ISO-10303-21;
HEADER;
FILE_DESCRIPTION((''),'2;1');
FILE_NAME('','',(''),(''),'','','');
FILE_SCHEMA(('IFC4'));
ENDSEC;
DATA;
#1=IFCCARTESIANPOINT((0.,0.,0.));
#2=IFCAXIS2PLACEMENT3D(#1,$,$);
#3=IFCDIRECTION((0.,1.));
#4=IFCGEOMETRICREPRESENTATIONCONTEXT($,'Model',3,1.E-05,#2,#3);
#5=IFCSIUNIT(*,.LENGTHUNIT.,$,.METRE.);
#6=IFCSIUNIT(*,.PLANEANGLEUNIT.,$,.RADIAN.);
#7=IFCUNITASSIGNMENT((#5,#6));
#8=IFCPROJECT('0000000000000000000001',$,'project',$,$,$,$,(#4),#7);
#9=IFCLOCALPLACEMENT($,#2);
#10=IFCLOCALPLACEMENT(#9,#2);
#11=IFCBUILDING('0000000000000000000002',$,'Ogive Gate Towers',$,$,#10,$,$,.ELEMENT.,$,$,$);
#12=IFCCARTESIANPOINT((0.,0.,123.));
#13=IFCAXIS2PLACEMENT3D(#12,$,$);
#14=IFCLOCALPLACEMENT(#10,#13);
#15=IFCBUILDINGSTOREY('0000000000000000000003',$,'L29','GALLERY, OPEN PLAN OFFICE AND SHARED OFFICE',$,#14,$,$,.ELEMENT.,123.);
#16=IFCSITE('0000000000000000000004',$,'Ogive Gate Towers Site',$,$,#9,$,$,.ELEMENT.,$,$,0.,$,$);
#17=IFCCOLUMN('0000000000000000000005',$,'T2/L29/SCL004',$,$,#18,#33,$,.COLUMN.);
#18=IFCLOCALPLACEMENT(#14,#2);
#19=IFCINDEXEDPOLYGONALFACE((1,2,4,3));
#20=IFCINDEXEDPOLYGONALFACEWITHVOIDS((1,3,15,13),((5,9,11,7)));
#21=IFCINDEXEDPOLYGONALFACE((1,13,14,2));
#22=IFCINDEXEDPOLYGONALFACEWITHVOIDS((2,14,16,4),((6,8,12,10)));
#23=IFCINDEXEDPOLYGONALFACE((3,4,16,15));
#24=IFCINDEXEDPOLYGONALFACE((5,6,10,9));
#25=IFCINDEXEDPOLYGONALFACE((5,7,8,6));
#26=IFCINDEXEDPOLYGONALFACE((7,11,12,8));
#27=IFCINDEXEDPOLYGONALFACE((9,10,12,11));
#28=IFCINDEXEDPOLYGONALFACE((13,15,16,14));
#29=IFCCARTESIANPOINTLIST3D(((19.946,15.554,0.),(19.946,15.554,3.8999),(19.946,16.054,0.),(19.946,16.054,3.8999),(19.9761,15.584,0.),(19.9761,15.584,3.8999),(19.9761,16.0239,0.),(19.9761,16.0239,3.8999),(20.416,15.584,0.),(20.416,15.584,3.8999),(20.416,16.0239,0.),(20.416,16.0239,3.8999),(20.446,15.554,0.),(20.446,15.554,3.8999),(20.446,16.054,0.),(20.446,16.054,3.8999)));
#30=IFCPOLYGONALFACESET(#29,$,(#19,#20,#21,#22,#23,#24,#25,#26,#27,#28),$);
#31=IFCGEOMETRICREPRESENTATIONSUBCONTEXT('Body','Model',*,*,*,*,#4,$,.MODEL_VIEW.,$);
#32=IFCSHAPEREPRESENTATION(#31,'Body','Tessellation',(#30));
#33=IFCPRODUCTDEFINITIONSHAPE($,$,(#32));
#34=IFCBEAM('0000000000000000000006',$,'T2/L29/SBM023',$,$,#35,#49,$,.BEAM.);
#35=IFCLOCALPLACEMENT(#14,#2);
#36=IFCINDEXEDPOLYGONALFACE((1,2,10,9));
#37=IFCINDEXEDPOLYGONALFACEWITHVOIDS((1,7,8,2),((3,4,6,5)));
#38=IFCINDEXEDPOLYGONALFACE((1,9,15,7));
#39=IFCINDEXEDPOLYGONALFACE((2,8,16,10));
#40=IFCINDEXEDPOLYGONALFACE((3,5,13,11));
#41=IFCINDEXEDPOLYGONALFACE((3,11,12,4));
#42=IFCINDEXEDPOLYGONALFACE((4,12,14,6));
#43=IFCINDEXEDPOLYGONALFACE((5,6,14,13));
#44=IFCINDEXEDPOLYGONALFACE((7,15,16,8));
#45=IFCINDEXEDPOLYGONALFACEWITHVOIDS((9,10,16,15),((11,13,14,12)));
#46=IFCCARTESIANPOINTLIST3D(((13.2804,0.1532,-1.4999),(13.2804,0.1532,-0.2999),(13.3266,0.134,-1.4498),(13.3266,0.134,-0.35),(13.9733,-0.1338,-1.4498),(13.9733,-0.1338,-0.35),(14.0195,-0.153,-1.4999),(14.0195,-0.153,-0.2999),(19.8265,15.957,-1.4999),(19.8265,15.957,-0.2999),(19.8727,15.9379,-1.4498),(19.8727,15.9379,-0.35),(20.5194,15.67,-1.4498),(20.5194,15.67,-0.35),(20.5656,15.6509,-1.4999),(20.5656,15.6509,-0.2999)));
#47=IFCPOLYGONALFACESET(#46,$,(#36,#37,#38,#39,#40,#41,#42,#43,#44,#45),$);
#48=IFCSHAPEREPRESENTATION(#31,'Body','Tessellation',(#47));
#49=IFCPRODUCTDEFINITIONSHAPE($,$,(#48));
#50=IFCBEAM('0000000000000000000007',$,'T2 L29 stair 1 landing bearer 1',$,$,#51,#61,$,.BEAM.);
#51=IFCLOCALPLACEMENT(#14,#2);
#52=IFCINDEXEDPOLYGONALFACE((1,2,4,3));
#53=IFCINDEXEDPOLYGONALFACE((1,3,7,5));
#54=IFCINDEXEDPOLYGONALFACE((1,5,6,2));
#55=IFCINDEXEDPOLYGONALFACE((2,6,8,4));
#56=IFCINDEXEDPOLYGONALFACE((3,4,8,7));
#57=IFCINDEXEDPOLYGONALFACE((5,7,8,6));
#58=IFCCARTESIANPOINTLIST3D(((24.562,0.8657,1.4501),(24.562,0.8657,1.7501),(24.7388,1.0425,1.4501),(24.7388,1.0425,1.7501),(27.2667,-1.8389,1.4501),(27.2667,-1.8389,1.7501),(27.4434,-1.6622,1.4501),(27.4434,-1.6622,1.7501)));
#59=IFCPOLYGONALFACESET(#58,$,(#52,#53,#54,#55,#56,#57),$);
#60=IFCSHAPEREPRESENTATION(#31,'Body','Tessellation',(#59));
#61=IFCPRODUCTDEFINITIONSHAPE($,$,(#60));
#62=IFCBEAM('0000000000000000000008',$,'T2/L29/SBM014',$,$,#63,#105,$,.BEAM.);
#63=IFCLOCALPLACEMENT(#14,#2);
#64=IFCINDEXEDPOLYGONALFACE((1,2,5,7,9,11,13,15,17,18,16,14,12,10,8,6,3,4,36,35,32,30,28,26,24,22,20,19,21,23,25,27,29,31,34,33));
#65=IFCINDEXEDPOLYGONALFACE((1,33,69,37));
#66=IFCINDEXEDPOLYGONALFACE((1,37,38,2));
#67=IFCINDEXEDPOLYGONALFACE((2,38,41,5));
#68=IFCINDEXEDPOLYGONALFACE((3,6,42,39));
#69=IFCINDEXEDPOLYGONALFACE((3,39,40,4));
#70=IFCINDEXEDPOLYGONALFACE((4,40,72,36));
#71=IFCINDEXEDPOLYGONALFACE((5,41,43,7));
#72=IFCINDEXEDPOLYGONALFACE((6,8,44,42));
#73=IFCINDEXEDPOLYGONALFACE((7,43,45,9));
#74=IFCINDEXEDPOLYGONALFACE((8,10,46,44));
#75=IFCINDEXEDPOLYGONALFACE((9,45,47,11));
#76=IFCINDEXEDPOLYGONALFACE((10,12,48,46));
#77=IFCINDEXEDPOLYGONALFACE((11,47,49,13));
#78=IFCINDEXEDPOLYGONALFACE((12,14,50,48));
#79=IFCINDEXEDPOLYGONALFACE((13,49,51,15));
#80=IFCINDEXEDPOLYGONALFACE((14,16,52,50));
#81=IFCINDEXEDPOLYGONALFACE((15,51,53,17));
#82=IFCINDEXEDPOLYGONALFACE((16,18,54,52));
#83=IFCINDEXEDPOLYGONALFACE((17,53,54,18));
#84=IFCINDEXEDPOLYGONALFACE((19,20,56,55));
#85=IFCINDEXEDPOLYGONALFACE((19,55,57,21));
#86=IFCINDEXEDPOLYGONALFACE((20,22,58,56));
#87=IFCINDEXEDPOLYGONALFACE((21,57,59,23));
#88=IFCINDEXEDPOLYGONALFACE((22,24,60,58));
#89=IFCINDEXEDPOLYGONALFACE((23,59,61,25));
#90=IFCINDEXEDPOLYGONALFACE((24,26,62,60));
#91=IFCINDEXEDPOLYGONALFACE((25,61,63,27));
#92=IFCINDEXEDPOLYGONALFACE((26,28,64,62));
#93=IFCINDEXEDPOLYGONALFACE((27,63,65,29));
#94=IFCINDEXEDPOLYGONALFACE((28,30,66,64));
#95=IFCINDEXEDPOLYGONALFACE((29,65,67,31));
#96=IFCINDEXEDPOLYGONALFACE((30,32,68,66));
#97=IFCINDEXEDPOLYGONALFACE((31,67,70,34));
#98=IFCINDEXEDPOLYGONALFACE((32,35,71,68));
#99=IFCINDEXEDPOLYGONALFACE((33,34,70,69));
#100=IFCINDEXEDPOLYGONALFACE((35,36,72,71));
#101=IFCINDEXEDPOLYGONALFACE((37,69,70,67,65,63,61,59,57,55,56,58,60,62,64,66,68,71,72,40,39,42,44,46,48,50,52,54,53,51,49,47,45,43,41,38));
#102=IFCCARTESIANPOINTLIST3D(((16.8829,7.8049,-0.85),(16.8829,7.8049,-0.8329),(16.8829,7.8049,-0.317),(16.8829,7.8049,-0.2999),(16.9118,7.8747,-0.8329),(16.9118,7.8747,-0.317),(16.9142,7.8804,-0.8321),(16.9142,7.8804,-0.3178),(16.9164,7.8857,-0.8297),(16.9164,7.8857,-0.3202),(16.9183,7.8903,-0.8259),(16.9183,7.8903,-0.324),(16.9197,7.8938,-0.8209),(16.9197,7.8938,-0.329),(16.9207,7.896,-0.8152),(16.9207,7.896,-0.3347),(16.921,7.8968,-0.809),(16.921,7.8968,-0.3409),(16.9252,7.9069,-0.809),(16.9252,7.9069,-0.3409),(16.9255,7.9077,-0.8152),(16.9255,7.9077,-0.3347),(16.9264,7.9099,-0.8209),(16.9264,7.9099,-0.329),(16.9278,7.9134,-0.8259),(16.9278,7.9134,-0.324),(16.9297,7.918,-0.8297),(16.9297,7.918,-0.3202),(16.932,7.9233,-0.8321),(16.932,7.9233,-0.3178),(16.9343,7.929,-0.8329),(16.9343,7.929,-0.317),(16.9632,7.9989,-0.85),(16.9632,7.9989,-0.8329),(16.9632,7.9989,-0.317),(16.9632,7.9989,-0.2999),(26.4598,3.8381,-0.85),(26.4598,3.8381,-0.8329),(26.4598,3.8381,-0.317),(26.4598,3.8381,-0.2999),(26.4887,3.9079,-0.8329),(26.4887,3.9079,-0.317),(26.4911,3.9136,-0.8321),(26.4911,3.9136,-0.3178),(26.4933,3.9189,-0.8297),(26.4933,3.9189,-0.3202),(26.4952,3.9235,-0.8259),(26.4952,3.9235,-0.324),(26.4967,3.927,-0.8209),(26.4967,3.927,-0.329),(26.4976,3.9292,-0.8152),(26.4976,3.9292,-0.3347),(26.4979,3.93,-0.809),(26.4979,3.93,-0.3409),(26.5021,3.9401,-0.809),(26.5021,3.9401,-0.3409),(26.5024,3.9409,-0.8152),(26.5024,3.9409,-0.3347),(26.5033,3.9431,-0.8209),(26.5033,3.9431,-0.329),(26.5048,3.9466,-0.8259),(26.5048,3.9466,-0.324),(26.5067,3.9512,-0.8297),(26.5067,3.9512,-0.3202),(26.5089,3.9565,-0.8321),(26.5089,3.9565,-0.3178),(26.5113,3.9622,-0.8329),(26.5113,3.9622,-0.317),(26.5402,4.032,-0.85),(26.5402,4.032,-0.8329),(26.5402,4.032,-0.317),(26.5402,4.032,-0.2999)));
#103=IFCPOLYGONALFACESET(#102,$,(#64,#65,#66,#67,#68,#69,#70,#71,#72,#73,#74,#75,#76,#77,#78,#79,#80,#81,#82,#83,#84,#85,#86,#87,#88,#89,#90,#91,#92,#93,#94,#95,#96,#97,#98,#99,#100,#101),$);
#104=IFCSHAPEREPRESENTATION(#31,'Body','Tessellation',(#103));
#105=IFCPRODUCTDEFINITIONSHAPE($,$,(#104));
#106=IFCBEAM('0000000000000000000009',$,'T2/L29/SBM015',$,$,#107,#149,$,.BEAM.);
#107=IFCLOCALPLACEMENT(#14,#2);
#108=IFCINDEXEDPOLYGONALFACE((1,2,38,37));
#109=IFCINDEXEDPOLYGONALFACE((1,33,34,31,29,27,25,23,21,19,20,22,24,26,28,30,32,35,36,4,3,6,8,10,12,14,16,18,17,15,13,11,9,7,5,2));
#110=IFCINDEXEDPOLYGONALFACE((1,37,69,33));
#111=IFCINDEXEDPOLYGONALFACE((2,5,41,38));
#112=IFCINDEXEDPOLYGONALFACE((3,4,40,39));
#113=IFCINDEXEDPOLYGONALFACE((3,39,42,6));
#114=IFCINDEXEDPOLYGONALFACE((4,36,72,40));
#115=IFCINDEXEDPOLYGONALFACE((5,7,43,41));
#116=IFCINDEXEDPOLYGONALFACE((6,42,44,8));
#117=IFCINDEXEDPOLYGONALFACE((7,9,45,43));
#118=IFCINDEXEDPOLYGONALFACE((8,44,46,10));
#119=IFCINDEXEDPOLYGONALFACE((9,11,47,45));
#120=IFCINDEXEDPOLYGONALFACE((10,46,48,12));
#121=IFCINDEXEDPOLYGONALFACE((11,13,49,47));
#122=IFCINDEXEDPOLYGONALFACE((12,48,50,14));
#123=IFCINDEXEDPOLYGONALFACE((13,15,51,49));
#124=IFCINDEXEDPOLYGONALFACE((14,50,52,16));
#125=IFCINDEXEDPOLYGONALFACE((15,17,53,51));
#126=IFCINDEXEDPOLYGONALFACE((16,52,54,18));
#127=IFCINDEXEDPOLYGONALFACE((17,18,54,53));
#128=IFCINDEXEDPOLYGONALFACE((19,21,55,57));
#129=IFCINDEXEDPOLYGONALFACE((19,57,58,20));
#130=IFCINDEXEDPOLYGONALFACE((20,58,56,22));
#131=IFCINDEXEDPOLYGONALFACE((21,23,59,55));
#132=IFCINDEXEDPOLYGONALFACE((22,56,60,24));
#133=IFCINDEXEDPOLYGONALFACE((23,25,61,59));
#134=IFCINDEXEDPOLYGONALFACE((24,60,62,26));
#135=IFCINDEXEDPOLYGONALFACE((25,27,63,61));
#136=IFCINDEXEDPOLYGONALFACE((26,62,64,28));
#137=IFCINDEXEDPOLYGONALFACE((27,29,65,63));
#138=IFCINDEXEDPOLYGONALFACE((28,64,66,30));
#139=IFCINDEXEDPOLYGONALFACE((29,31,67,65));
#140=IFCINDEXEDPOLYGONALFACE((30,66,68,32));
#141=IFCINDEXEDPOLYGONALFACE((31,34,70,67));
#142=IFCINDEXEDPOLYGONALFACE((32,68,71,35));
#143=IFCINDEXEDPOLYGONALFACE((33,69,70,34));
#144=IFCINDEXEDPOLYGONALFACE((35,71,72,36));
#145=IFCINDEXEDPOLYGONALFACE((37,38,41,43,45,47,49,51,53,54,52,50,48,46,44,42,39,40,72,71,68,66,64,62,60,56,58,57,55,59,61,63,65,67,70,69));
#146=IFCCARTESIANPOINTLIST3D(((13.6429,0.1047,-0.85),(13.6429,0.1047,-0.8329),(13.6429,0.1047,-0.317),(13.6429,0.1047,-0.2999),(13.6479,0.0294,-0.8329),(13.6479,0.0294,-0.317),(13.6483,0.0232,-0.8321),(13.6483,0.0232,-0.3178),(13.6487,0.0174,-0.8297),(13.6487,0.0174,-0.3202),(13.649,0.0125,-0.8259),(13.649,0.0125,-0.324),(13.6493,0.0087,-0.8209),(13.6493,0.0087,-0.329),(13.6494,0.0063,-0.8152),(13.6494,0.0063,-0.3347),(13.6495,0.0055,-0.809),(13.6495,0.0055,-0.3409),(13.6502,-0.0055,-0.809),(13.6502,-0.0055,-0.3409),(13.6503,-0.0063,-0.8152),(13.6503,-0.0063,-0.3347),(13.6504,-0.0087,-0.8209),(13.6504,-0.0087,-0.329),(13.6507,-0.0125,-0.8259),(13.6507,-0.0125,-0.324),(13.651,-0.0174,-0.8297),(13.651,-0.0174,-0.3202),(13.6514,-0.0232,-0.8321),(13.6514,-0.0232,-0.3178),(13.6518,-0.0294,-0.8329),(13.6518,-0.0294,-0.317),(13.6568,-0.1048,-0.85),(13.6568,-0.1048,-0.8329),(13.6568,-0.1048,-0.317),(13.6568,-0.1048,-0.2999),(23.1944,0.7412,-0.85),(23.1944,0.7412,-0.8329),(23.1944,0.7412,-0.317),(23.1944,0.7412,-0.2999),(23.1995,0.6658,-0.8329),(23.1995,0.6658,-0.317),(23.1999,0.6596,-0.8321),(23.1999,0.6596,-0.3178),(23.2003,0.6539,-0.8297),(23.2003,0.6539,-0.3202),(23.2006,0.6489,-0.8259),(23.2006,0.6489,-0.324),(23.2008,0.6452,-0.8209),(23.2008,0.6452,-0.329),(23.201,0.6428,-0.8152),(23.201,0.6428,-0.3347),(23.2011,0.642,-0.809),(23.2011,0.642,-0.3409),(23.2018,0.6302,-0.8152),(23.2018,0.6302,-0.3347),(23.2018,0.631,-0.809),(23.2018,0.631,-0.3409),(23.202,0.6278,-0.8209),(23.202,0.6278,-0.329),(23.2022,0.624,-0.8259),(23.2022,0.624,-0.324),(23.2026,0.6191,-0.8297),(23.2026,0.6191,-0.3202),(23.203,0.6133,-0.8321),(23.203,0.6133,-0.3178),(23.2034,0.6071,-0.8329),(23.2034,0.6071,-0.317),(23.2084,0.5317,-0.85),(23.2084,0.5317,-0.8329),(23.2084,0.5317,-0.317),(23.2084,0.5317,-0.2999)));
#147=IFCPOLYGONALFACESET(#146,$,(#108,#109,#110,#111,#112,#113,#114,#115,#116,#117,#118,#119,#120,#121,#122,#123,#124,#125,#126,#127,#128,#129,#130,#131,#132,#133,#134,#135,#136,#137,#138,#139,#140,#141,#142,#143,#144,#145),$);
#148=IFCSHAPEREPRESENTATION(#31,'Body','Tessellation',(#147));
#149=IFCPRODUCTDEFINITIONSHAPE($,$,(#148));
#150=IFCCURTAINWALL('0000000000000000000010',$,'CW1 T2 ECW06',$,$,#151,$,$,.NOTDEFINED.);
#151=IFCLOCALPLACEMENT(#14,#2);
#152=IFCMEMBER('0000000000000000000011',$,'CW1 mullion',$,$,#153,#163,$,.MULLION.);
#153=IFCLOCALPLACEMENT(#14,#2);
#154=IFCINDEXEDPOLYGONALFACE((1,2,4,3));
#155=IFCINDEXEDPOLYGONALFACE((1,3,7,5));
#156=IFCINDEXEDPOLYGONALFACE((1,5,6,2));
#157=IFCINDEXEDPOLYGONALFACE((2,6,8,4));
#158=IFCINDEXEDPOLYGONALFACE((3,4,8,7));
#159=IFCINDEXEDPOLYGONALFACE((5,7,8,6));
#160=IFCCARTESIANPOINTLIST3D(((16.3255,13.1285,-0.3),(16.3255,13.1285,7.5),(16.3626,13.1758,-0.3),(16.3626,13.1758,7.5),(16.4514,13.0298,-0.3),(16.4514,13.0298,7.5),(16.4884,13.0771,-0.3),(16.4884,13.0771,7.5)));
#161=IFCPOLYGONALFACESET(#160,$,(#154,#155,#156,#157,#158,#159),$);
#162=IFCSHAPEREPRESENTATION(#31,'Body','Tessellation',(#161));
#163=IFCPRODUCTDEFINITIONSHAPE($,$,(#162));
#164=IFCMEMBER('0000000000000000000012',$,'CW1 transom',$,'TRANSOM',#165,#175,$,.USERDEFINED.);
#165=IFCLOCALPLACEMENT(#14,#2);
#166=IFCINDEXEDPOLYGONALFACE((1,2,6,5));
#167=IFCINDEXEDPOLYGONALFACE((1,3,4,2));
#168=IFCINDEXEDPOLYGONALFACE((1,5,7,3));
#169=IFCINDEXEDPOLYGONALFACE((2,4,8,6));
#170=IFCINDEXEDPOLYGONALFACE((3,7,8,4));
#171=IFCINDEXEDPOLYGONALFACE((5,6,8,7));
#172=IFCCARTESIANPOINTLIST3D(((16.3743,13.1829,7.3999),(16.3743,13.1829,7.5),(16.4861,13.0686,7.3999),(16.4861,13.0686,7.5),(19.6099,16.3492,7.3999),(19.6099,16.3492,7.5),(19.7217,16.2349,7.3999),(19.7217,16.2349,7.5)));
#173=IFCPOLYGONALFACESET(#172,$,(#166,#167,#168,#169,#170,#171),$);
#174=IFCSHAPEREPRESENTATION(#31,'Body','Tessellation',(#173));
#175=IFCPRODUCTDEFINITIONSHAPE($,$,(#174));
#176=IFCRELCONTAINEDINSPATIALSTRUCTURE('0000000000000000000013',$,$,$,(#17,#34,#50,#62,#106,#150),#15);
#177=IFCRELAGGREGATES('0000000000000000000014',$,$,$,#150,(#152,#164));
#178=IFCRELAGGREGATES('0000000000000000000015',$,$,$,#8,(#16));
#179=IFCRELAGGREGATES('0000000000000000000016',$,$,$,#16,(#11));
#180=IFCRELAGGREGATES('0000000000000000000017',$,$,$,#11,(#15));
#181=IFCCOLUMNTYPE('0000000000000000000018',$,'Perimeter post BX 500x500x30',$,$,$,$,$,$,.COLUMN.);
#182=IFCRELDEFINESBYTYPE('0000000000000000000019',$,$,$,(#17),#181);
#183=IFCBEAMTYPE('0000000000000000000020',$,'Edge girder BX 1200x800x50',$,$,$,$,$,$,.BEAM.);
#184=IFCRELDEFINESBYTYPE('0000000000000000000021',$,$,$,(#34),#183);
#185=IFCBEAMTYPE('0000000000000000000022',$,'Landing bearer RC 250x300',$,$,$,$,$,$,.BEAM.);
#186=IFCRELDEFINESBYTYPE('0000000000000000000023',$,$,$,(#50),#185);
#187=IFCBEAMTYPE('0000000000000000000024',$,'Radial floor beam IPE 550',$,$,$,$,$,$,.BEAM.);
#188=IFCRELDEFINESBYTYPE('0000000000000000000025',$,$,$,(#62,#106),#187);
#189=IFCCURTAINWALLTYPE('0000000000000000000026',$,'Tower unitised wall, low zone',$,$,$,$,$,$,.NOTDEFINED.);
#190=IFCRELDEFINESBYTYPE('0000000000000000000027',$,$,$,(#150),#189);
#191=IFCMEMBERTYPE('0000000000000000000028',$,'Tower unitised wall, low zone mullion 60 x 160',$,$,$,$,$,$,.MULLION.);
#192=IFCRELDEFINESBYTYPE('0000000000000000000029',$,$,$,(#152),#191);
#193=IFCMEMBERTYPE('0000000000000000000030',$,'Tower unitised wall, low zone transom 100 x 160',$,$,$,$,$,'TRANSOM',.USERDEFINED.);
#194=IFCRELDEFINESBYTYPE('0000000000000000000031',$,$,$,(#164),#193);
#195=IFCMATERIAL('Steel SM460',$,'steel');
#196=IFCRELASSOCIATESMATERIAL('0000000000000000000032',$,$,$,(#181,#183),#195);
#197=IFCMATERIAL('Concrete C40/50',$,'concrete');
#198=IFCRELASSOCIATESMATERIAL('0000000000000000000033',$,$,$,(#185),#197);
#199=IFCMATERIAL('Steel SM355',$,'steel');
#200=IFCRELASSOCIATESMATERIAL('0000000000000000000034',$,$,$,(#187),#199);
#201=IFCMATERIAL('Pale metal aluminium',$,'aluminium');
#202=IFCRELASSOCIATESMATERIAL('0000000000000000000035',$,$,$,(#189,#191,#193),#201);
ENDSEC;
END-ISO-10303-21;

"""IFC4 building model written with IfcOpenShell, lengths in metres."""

from ifc_helpers import new_model, si_unit, direction, frame, origin, origin_2d, place, context, subcontext, project, spatial, rectangle, hollow_rectangle, i_section, extrude, material, material_profile, profile_set, type_object, element, aggregate, save


model = new_model("IFC4")

# Units and contexts
model_context = context("Model", 3, precision=1e-05, world=origin(), true_north=direction((0.0, 1.0)))
body_context = subcontext(model_context, "Body", "Model", "MODEL_VIEW")
ifc_project = project(units=[si_unit("LENGTHUNIT", "METRE"), si_unit("PLANEANGLEUNIT", "RADIAN")], contexts=[model_context])

# Site, building, storey
site_placement = place(None, origin())
site = spatial("IfcSite", under=ifc_project, at=site_placement, Name="Ogive Gate Towers Site", CompositionType="ELEMENT", RefElevation=0.0)
building_placement = place(site_placement, origin())
building = spatial("IfcBuilding", under=site, at=building_placement, Name="Ogive Gate Towers", CompositionType="ELEMENT")
storey_placement = place(building_placement, frame((0.0, 0.0, 123.0)))
storey = spatial("IfcBuildingStorey", under=building, at=storey_placement, Name="L29", Description="GALLERY, OPEN PLAN OFFICE AND SHARED OFFICE", CompositionType="ELEMENT", Elevation=123.0)

# Column
ifc_material_1 = material(Name="Steel SM460", Category="steel")
ifc_material_profile_1 = material_profile(ifc_material_1, hollow_rectangle(XDim=0.5, YDim=0.5, WallThickness=0.03, at=origin_2d()), Name="BX 500x500x30")
ifc_profile_set_1 = profile_set([ifc_material_profile_1], Name="Steel SM460")
column_type = type_object("IfcColumnType", Name="Perimeter post BX 500x500x30", PredefinedType="COLUMN", material=ifc_profile_set_1)
column_placement = place(storey_placement, frame((20.196, 15.804, 0.0), z_axis=(0.0, 0.0, 1.0), x_axis=(1.0, 0.0, 0.0)))
element("IfcColumn", 1, at=column_placement, inside=storey, type_object=column_type, Name="T2/L29/SCL004", PredefinedType="COLUMN", context=body_context, shape_type="SweptSolid", body=[
    extrude(hollow_rectangle(XDim=0.5, YDim=0.5, WallThickness=0.03, at=origin_2d()), origin(), (0.0, 0.0, 1.0), 3.8999),
])

# Beams
ifc_material_profile_2 = material_profile(ifc_material_1, hollow_rectangle(XDim=0.8, YDim=1.2, WallThickness=0.05, at=origin_2d()), Name="BX 1200x800x50")
ifc_profile_set_2 = profile_set([ifc_material_profile_2], Name="Steel SM460")
beam_type_1 = type_object("IfcBeamType", Name="Edge girder BX 1200x800x50", PredefinedType="BEAM", material=ifc_profile_set_2)
beam_1_placement = place(storey_placement, frame((20.196, 15.804, -0.8999), z_axis=(-0.38268, -0.923881, 0.0), x_axis=(0.923881, -0.38268, 0.0)))
element("IfcBeam", 2, at=beam_1_placement, inside=storey, type_object=beam_type_1, Name="T2/L29/SBM023", PredefinedType="BEAM", context=body_context, shape_type="SweptSolid", body=[
    extrude(hollow_rectangle(XDim=0.8, YDim=1.2, WallThickness=0.05, at=origin_2d()), origin(), (0.0, 0.0, 1.0), 17.106),
])
ifc_material_2 = material(Name="Concrete C40/50", Category="concrete")
ifc_material_profile_3 = material_profile(ifc_material_2, rectangle(XDim=0.25, YDim=0.3, at=origin_2d()), Name="RC 250x300")
ifc_profile_set_3 = profile_set([ifc_material_profile_3], Name="Concrete C40/50")
beam_type_2 = type_object("IfcBeamType", Name="Landing bearer RC 250x300", PredefinedType="BEAM", material=ifc_profile_set_3)
beam_2_placement = place(storey_placement, frame((24.6504, 0.9541, 1.6001), z_axis=(0.707107, -0.707107, 0.0), x_axis=(0.707107, 0.707107, 0.0)))
element("IfcBeam", 3, at=beam_2_placement, inside=storey, type_object=beam_type_2, Name="T2 L29 stair 1 landing bearer 1", PredefinedType="BEAM", context=body_context, shape_type="SweptSolid", body=[
    extrude(rectangle(XDim=0.25, YDim=0.3, at=origin_2d()), origin(), (0.0, 0.0, 1.0), 3.825),
])
ifc_material_3 = material(Name="Steel SM355", Category="steel")
ifc_material_profile_4 = material_profile(ifc_material_3, i_section(OverallWidth=0.21, OverallDepth=0.55, WebThickness=0.011, FlangeThickness=0.0171, FilletRadius=0.0239, at=origin_2d()), Name="IPE 550")
ifc_profile_set_4 = profile_set([ifc_material_profile_4], Name="Steel SM355")
beam_type_3 = type_object("IfcBeamType", Name="Radial floor beam IPE 550", PredefinedType="BEAM", material=ifc_profile_set_4)
beam_3_placement = place(storey_placement, frame((26.5, 3.9351, -0.575), z_axis=(-0.923882, 0.382676, 0.0), x_axis=(-0.382676, -0.923882, 0.0)))
element("IfcBeam", 4, at=beam_3_placement, inside=storey, type_object=beam_type_3, Name="T2/L29/SBM014", PredefinedType="BEAM", context=body_context, shape_type="SweptSolid", body=[
    extrude(i_section(OverallWidth=0.21, OverallDepth=0.55, WebThickness=0.011, FlangeThickness=0.0171, FilletRadius=0.0239, at=origin_2d()), origin(), (0.0, 0.0, 1.0), 10.366),
])
beam_4_placement = place(storey_placement, frame((23.2014, 0.6365, -0.575), z_axis=(-0.997787, -0.066489, 0.0), x_axis=(0.066489, -0.997787, 0.0)))
element("IfcBeam", 5, at=beam_4_placement, inside=storey, type_object=beam_type_3, Name="T2/L29/SBM015", PredefinedType="BEAM", context=body_context, shape_type="SweptSolid", body=[
    extrude(i_section(OverallWidth=0.21, OverallDepth=0.55, WebThickness=0.011, FlangeThickness=0.0171, FilletRadius=0.0239, at=origin_2d()), origin(), (0.0, 0.0, 1.0), 9.5728),
])

# Curtain wall, members
ifc_material_4 = material(Name="Pale metal aluminium", Category="aluminium")
curtain_wall_type = type_object("IfcCurtainWallType", Name="Tower unitised wall, low zone", PredefinedType="NOTDEFINED", material=ifc_material_4)
curtain_wall_placement = place(storey_placement, origin())
curtain_wall = element("IfcCurtainWall", 6, at=curtain_wall_placement, inside=storey, type_object=curtain_wall_type, Name="CW1 T2 ECW06", PredefinedType="NOTDEFINED")
ifc_material_profile_5 = material_profile(ifc_material_4, rectangle(XDim=0.1599, YDim=0.0601, at=origin_2d()), Name="60 x 160 aluminium box")
ifc_profile_set_5 = profile_set([ifc_material_profile_5], Name="Pale metal aluminium")
member_type_1 = type_object("IfcMemberType", Name="Tower unitised wall, low zone mullion 60 x 160", PredefinedType="MULLION", material=ifc_profile_set_5)
member_1_placement = place(storey_placement, frame((16.407, 13.1028, -0.3), z_axis=(0.0, 0.0, 1.0), x_axis=(0.78687, -0.617118, 0.0)))
member_1 = element("IfcMember", 7, at=member_1_placement, type_object=member_type_1, Name="CW1 mullion", PredefinedType="MULLION", context=body_context, shape_type="SweptSolid", body=[
    extrude(rectangle(XDim=0.1599, YDim=0.0601, at=origin_2d()), origin(), (0.0, 0.0, 1.0), 7.8),
])
ifc_material_profile_6 = material_profile(ifc_material_4, rectangle(XDim=0.1599, YDim=0.1001, at=origin_2d()), Name="100 x 160 aluminium box")
ifc_profile_set_6 = profile_set([ifc_material_profile_6], Name="Pale metal aluminium")
member_type_2 = type_object("IfcMemberType", Name="Tower unitised wall, low zone transom 100 x 160", ElementType="TRANSOM", PredefinedType="USERDEFINED", material=ifc_profile_set_6)
member_2_placement = place(storey_placement, frame((16.4302, 13.1257, 7.45), z_axis=(0.714723, 0.699407, 0.0), x_axis=(-0.699407, 0.714723, 0.0)))
member_2 = element("IfcMember", 8, at=member_2_placement, type_object=member_type_2, Name="CW1 transom", ObjectType="TRANSOM", PredefinedType="USERDEFINED", context=body_context, shape_type="SweptSolid", body=[
    extrude(rectangle(XDim=0.1599, YDim=0.1001, at=origin_2d()), origin(), (0.0, 0.0, 1.0), 4.5271),
])
aggregate(curtain_wall, [member_1, member_2])

save(model, "model.ifc")
